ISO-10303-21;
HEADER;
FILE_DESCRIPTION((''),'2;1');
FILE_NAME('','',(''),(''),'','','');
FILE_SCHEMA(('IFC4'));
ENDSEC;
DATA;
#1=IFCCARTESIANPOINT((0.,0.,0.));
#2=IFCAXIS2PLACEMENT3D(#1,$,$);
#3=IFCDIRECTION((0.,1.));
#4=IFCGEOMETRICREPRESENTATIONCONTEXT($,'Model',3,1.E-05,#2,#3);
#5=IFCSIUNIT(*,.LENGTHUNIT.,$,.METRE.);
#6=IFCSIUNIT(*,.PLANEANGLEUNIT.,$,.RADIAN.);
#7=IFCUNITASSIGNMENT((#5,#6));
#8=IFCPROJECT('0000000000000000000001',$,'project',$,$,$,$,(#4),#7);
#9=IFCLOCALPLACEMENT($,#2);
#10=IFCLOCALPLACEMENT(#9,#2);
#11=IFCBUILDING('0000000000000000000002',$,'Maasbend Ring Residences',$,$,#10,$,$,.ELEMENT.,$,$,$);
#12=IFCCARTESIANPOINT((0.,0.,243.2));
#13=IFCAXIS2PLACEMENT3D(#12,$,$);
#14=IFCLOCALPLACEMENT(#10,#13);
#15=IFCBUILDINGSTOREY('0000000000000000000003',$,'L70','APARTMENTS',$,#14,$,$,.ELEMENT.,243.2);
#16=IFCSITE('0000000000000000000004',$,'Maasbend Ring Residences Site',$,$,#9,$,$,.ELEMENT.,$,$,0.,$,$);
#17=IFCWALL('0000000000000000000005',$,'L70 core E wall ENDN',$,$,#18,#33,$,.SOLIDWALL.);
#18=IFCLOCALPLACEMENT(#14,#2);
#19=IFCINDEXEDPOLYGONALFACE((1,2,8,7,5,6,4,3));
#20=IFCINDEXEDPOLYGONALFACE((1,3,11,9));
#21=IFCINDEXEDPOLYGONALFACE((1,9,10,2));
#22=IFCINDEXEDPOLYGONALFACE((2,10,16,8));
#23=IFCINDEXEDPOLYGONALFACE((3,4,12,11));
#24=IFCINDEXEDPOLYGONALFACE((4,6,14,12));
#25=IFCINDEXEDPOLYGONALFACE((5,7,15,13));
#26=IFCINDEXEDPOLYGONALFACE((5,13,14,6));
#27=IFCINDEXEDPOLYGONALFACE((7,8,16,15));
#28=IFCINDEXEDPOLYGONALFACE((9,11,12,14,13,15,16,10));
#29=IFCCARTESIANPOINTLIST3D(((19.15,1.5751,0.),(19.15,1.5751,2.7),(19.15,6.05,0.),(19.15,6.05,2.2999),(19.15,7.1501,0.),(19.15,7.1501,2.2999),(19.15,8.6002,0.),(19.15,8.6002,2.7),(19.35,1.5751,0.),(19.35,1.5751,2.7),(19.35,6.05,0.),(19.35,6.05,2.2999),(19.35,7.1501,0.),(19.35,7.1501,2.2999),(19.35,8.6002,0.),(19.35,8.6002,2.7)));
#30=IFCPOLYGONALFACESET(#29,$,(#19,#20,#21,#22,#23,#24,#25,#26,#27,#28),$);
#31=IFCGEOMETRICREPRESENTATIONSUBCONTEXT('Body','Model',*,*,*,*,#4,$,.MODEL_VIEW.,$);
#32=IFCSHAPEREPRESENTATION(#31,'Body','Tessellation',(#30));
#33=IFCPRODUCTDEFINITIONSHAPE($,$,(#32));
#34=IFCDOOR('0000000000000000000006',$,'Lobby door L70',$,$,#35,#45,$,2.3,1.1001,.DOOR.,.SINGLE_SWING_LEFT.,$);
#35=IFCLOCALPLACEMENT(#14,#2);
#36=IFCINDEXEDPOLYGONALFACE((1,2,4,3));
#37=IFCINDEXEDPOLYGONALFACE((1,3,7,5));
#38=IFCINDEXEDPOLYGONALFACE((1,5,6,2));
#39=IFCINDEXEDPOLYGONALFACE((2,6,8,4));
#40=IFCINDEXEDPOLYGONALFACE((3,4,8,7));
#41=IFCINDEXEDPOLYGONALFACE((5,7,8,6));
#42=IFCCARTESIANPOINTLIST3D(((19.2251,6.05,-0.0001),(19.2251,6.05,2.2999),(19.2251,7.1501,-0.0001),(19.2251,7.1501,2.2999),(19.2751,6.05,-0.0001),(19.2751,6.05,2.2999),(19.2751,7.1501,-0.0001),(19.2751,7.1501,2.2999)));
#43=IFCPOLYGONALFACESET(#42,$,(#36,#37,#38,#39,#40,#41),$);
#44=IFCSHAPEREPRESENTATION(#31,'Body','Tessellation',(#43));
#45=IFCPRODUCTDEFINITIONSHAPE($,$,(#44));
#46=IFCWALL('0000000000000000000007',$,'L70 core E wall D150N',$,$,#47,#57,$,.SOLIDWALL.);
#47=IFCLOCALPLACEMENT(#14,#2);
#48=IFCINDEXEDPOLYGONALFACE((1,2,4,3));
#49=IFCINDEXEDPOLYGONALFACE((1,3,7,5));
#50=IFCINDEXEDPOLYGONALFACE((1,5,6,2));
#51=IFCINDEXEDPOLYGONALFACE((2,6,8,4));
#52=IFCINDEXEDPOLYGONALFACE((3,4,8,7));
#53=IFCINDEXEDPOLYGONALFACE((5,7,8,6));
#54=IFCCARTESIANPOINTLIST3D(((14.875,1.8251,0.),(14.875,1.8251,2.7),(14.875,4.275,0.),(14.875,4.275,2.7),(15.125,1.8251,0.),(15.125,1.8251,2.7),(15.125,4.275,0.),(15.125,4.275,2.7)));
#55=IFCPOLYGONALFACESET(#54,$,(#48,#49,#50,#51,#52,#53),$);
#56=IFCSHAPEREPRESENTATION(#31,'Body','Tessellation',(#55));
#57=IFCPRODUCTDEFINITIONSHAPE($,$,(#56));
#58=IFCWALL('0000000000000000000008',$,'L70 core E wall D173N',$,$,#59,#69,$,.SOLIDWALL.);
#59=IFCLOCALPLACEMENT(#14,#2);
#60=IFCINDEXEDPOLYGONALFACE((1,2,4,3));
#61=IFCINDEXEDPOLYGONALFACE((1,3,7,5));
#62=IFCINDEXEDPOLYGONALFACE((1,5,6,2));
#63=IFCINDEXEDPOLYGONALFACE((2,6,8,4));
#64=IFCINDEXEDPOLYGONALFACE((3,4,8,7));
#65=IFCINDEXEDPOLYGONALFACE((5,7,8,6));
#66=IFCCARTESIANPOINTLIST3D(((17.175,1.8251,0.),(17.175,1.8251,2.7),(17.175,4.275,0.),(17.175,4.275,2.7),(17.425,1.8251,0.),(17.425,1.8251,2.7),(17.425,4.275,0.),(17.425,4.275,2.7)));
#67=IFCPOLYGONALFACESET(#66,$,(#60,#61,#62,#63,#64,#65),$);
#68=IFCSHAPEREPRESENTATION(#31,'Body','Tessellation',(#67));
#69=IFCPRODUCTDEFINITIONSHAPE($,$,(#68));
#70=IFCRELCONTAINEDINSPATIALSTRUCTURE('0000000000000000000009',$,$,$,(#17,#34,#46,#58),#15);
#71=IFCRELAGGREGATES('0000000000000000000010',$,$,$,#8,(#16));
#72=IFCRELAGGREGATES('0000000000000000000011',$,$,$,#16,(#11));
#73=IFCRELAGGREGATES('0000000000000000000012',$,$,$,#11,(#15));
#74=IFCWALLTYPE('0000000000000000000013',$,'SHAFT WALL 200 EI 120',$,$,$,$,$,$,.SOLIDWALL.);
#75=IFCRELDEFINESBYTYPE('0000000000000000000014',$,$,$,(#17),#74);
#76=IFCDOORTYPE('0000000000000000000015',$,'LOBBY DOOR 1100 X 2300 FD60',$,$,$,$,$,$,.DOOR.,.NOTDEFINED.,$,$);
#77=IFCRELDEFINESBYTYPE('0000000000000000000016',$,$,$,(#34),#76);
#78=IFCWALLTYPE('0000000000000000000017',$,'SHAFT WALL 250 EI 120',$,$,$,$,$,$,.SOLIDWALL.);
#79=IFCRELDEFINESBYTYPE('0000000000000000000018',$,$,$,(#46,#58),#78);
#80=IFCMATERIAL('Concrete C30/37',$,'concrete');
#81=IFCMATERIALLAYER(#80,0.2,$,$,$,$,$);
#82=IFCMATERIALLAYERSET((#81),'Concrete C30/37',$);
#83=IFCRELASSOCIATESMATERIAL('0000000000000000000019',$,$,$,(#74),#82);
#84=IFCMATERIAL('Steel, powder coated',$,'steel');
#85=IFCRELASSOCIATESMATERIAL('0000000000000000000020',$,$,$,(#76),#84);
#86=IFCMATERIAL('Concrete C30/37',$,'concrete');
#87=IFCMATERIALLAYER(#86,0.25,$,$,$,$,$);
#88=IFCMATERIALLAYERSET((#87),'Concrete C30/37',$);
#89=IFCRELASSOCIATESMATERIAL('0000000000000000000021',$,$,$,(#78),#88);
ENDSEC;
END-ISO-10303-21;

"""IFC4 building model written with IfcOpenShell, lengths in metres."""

from ifc_helpers import new_model, si_unit, direction, frame, frame_2d, origin, place, context, subcontext, project, spatial, rectangle, extrude, material, layer, layer_set, type_object, element, fill, save


model = new_model("IFC4")

# Units and contexts
model_context = context("Model", 3, precision=1e-05, world=origin(), true_north=direction((0.0, 1.0)))
body_context = subcontext(model_context, "Body", "Model", "MODEL_VIEW")
ifc_project = project(units=[si_unit("LENGTHUNIT", "METRE"), si_unit("PLANEANGLEUNIT", "RADIAN")], contexts=[model_context])

# Site, building, storey
site_placement = place(None, origin())
site = spatial("IfcSite", under=ifc_project, at=site_placement, Name="Maasbend Ring Residences Site", CompositionType="ELEMENT", RefElevation=0.0)
building_placement = place(site_placement, origin())
building = spatial("IfcBuilding", under=site, at=building_placement, Name="Maasbend Ring Residences", CompositionType="ELEMENT")
storey_placement = place(building_placement, frame((0.0, 0.0, 243.2)))
storey = spatial("IfcBuildingStorey", under=building, at=storey_placement, Name="L70", Description="APARTMENTS", CompositionType="ELEMENT", Elevation=243.2)

# Wall, opening, door
ifc_material_1 = material(Name="Concrete C30/37", Category="concrete")
ifc_layer_1 = layer(ifc_material_1, 0.2)
ifc_layer_set_1 = layer_set([ifc_layer_1], Name="Concrete C30/37")
wall_type_1 = type_object("IfcWallType", Name="SHAFT WALL 200 EI 120", PredefinedType="SOLIDWALL", material=ifc_layer_set_1)
wall_1_placement = place(storey_placement, frame((19.25, 1.575, 0.0), z_axis=(0.0, 0.0, 1.0), x_axis=(0.0, 1.0, 0.0)))
wall_1 = element("IfcWall", 1, at=wall_1_placement, inside=storey, type_object=wall_type_1, Name="L70 core E wall ENDN", PredefinedType="SOLIDWALL", context=body_context, shape_type="SweptSolid", body=[
    extrude(rectangle(XDim=7.0251, YDim=0.2, at=frame_2d((3.5127, 0.0))), origin(), (0.0, 0.0, 1.0), 2.7),
])
opening_1_placement = place(wall_1_placement, frame((4.4751, 0.0, 0.0)))
opening_1 = element("IfcOpeningElement", 2, at=opening_1_placement, cuts=wall_1, PredefinedType="OPENING", context=body_context, shape_type="SweptSolid", body=[
    extrude(rectangle(XDim=1.1001, YDim=2.3, at=frame_2d((0.55, 1.1499))), frame((0.0, 0.1099, 0.0), z_axis=(0.0, -1.0, 0.0), x_axis=(1.0, 0.0, 0.0)), (0.0, 0.0, 1.0), 0.22),
])
ifc_material_2 = material(Name="Steel, powder coated", Category="steel")
door_type_1 = type_object("IfcDoorType", Name="LOBBY DOOR 1100 X 2300 FD60", OperationType="NOTDEFINED", PredefinedType="DOOR", material=ifc_material_2)
door_1_placement = place(opening_1_placement, origin())
door_1 = element("IfcDoor", 3, at=door_1_placement, inside=storey, type_object=door_type_1, Name="Lobby door L70", OperationType="SINGLE_SWING_LEFT", OverallHeight=2.3, OverallWidth=1.1001, PredefinedType="DOOR", context=body_context, shape_type="SweptSolid", body=[
    extrude(rectangle(XDim=1.1001, YDim=2.3, at=frame_2d((0.55, 1.1499))), frame((0.0, 0.0249, 0.0), z_axis=(0.0, -1.0, 0.0), x_axis=(1.0, 0.0, 0.0)), (0.0, 0.0, 1.0), 0.05),
])
fill(opening_1, door_1)

# Walls
ifc_material_3 = material(Name="Concrete C30/37", Category="concrete")
ifc_layer_2 = layer(ifc_material_3, 0.25)
ifc_layer_set_2 = layer_set([ifc_layer_2], Name="Concrete C30/37")
wall_type_2 = type_object("IfcWallType", Name="SHAFT WALL 250 EI 120", PredefinedType="SOLIDWALL", material=ifc_layer_set_2)
for number, where, z_axis, x_axis, name in (
    (4, (15.0, 1.825, 0.0), (0.0, 0.0, 1.0), (0.0, 1.0, 0.0), "L70 core E wall D150N"),
    (5, (17.3, 1.825, 0.0), (0.0, 0.0, 1.0), (0.0, 1.0, 0.0), "L70 core E wall D173N"),
):
    element("IfcWall", number, at=place(storey_placement, frame(where, z_axis=z_axis, x_axis=x_axis)), inside=storey, type_object=wall_type_2, Name=name, PredefinedType="SOLIDWALL", context=body_context, shape_type="SweptSolid", body=[
        extrude(rectangle(XDim=2.45, YDim=0.25, at=frame_2d((1.2251, 0.0))), origin(), (0.0, 0.0, 1.0), 2.7),
    ])

save(model, "model.ifc")
